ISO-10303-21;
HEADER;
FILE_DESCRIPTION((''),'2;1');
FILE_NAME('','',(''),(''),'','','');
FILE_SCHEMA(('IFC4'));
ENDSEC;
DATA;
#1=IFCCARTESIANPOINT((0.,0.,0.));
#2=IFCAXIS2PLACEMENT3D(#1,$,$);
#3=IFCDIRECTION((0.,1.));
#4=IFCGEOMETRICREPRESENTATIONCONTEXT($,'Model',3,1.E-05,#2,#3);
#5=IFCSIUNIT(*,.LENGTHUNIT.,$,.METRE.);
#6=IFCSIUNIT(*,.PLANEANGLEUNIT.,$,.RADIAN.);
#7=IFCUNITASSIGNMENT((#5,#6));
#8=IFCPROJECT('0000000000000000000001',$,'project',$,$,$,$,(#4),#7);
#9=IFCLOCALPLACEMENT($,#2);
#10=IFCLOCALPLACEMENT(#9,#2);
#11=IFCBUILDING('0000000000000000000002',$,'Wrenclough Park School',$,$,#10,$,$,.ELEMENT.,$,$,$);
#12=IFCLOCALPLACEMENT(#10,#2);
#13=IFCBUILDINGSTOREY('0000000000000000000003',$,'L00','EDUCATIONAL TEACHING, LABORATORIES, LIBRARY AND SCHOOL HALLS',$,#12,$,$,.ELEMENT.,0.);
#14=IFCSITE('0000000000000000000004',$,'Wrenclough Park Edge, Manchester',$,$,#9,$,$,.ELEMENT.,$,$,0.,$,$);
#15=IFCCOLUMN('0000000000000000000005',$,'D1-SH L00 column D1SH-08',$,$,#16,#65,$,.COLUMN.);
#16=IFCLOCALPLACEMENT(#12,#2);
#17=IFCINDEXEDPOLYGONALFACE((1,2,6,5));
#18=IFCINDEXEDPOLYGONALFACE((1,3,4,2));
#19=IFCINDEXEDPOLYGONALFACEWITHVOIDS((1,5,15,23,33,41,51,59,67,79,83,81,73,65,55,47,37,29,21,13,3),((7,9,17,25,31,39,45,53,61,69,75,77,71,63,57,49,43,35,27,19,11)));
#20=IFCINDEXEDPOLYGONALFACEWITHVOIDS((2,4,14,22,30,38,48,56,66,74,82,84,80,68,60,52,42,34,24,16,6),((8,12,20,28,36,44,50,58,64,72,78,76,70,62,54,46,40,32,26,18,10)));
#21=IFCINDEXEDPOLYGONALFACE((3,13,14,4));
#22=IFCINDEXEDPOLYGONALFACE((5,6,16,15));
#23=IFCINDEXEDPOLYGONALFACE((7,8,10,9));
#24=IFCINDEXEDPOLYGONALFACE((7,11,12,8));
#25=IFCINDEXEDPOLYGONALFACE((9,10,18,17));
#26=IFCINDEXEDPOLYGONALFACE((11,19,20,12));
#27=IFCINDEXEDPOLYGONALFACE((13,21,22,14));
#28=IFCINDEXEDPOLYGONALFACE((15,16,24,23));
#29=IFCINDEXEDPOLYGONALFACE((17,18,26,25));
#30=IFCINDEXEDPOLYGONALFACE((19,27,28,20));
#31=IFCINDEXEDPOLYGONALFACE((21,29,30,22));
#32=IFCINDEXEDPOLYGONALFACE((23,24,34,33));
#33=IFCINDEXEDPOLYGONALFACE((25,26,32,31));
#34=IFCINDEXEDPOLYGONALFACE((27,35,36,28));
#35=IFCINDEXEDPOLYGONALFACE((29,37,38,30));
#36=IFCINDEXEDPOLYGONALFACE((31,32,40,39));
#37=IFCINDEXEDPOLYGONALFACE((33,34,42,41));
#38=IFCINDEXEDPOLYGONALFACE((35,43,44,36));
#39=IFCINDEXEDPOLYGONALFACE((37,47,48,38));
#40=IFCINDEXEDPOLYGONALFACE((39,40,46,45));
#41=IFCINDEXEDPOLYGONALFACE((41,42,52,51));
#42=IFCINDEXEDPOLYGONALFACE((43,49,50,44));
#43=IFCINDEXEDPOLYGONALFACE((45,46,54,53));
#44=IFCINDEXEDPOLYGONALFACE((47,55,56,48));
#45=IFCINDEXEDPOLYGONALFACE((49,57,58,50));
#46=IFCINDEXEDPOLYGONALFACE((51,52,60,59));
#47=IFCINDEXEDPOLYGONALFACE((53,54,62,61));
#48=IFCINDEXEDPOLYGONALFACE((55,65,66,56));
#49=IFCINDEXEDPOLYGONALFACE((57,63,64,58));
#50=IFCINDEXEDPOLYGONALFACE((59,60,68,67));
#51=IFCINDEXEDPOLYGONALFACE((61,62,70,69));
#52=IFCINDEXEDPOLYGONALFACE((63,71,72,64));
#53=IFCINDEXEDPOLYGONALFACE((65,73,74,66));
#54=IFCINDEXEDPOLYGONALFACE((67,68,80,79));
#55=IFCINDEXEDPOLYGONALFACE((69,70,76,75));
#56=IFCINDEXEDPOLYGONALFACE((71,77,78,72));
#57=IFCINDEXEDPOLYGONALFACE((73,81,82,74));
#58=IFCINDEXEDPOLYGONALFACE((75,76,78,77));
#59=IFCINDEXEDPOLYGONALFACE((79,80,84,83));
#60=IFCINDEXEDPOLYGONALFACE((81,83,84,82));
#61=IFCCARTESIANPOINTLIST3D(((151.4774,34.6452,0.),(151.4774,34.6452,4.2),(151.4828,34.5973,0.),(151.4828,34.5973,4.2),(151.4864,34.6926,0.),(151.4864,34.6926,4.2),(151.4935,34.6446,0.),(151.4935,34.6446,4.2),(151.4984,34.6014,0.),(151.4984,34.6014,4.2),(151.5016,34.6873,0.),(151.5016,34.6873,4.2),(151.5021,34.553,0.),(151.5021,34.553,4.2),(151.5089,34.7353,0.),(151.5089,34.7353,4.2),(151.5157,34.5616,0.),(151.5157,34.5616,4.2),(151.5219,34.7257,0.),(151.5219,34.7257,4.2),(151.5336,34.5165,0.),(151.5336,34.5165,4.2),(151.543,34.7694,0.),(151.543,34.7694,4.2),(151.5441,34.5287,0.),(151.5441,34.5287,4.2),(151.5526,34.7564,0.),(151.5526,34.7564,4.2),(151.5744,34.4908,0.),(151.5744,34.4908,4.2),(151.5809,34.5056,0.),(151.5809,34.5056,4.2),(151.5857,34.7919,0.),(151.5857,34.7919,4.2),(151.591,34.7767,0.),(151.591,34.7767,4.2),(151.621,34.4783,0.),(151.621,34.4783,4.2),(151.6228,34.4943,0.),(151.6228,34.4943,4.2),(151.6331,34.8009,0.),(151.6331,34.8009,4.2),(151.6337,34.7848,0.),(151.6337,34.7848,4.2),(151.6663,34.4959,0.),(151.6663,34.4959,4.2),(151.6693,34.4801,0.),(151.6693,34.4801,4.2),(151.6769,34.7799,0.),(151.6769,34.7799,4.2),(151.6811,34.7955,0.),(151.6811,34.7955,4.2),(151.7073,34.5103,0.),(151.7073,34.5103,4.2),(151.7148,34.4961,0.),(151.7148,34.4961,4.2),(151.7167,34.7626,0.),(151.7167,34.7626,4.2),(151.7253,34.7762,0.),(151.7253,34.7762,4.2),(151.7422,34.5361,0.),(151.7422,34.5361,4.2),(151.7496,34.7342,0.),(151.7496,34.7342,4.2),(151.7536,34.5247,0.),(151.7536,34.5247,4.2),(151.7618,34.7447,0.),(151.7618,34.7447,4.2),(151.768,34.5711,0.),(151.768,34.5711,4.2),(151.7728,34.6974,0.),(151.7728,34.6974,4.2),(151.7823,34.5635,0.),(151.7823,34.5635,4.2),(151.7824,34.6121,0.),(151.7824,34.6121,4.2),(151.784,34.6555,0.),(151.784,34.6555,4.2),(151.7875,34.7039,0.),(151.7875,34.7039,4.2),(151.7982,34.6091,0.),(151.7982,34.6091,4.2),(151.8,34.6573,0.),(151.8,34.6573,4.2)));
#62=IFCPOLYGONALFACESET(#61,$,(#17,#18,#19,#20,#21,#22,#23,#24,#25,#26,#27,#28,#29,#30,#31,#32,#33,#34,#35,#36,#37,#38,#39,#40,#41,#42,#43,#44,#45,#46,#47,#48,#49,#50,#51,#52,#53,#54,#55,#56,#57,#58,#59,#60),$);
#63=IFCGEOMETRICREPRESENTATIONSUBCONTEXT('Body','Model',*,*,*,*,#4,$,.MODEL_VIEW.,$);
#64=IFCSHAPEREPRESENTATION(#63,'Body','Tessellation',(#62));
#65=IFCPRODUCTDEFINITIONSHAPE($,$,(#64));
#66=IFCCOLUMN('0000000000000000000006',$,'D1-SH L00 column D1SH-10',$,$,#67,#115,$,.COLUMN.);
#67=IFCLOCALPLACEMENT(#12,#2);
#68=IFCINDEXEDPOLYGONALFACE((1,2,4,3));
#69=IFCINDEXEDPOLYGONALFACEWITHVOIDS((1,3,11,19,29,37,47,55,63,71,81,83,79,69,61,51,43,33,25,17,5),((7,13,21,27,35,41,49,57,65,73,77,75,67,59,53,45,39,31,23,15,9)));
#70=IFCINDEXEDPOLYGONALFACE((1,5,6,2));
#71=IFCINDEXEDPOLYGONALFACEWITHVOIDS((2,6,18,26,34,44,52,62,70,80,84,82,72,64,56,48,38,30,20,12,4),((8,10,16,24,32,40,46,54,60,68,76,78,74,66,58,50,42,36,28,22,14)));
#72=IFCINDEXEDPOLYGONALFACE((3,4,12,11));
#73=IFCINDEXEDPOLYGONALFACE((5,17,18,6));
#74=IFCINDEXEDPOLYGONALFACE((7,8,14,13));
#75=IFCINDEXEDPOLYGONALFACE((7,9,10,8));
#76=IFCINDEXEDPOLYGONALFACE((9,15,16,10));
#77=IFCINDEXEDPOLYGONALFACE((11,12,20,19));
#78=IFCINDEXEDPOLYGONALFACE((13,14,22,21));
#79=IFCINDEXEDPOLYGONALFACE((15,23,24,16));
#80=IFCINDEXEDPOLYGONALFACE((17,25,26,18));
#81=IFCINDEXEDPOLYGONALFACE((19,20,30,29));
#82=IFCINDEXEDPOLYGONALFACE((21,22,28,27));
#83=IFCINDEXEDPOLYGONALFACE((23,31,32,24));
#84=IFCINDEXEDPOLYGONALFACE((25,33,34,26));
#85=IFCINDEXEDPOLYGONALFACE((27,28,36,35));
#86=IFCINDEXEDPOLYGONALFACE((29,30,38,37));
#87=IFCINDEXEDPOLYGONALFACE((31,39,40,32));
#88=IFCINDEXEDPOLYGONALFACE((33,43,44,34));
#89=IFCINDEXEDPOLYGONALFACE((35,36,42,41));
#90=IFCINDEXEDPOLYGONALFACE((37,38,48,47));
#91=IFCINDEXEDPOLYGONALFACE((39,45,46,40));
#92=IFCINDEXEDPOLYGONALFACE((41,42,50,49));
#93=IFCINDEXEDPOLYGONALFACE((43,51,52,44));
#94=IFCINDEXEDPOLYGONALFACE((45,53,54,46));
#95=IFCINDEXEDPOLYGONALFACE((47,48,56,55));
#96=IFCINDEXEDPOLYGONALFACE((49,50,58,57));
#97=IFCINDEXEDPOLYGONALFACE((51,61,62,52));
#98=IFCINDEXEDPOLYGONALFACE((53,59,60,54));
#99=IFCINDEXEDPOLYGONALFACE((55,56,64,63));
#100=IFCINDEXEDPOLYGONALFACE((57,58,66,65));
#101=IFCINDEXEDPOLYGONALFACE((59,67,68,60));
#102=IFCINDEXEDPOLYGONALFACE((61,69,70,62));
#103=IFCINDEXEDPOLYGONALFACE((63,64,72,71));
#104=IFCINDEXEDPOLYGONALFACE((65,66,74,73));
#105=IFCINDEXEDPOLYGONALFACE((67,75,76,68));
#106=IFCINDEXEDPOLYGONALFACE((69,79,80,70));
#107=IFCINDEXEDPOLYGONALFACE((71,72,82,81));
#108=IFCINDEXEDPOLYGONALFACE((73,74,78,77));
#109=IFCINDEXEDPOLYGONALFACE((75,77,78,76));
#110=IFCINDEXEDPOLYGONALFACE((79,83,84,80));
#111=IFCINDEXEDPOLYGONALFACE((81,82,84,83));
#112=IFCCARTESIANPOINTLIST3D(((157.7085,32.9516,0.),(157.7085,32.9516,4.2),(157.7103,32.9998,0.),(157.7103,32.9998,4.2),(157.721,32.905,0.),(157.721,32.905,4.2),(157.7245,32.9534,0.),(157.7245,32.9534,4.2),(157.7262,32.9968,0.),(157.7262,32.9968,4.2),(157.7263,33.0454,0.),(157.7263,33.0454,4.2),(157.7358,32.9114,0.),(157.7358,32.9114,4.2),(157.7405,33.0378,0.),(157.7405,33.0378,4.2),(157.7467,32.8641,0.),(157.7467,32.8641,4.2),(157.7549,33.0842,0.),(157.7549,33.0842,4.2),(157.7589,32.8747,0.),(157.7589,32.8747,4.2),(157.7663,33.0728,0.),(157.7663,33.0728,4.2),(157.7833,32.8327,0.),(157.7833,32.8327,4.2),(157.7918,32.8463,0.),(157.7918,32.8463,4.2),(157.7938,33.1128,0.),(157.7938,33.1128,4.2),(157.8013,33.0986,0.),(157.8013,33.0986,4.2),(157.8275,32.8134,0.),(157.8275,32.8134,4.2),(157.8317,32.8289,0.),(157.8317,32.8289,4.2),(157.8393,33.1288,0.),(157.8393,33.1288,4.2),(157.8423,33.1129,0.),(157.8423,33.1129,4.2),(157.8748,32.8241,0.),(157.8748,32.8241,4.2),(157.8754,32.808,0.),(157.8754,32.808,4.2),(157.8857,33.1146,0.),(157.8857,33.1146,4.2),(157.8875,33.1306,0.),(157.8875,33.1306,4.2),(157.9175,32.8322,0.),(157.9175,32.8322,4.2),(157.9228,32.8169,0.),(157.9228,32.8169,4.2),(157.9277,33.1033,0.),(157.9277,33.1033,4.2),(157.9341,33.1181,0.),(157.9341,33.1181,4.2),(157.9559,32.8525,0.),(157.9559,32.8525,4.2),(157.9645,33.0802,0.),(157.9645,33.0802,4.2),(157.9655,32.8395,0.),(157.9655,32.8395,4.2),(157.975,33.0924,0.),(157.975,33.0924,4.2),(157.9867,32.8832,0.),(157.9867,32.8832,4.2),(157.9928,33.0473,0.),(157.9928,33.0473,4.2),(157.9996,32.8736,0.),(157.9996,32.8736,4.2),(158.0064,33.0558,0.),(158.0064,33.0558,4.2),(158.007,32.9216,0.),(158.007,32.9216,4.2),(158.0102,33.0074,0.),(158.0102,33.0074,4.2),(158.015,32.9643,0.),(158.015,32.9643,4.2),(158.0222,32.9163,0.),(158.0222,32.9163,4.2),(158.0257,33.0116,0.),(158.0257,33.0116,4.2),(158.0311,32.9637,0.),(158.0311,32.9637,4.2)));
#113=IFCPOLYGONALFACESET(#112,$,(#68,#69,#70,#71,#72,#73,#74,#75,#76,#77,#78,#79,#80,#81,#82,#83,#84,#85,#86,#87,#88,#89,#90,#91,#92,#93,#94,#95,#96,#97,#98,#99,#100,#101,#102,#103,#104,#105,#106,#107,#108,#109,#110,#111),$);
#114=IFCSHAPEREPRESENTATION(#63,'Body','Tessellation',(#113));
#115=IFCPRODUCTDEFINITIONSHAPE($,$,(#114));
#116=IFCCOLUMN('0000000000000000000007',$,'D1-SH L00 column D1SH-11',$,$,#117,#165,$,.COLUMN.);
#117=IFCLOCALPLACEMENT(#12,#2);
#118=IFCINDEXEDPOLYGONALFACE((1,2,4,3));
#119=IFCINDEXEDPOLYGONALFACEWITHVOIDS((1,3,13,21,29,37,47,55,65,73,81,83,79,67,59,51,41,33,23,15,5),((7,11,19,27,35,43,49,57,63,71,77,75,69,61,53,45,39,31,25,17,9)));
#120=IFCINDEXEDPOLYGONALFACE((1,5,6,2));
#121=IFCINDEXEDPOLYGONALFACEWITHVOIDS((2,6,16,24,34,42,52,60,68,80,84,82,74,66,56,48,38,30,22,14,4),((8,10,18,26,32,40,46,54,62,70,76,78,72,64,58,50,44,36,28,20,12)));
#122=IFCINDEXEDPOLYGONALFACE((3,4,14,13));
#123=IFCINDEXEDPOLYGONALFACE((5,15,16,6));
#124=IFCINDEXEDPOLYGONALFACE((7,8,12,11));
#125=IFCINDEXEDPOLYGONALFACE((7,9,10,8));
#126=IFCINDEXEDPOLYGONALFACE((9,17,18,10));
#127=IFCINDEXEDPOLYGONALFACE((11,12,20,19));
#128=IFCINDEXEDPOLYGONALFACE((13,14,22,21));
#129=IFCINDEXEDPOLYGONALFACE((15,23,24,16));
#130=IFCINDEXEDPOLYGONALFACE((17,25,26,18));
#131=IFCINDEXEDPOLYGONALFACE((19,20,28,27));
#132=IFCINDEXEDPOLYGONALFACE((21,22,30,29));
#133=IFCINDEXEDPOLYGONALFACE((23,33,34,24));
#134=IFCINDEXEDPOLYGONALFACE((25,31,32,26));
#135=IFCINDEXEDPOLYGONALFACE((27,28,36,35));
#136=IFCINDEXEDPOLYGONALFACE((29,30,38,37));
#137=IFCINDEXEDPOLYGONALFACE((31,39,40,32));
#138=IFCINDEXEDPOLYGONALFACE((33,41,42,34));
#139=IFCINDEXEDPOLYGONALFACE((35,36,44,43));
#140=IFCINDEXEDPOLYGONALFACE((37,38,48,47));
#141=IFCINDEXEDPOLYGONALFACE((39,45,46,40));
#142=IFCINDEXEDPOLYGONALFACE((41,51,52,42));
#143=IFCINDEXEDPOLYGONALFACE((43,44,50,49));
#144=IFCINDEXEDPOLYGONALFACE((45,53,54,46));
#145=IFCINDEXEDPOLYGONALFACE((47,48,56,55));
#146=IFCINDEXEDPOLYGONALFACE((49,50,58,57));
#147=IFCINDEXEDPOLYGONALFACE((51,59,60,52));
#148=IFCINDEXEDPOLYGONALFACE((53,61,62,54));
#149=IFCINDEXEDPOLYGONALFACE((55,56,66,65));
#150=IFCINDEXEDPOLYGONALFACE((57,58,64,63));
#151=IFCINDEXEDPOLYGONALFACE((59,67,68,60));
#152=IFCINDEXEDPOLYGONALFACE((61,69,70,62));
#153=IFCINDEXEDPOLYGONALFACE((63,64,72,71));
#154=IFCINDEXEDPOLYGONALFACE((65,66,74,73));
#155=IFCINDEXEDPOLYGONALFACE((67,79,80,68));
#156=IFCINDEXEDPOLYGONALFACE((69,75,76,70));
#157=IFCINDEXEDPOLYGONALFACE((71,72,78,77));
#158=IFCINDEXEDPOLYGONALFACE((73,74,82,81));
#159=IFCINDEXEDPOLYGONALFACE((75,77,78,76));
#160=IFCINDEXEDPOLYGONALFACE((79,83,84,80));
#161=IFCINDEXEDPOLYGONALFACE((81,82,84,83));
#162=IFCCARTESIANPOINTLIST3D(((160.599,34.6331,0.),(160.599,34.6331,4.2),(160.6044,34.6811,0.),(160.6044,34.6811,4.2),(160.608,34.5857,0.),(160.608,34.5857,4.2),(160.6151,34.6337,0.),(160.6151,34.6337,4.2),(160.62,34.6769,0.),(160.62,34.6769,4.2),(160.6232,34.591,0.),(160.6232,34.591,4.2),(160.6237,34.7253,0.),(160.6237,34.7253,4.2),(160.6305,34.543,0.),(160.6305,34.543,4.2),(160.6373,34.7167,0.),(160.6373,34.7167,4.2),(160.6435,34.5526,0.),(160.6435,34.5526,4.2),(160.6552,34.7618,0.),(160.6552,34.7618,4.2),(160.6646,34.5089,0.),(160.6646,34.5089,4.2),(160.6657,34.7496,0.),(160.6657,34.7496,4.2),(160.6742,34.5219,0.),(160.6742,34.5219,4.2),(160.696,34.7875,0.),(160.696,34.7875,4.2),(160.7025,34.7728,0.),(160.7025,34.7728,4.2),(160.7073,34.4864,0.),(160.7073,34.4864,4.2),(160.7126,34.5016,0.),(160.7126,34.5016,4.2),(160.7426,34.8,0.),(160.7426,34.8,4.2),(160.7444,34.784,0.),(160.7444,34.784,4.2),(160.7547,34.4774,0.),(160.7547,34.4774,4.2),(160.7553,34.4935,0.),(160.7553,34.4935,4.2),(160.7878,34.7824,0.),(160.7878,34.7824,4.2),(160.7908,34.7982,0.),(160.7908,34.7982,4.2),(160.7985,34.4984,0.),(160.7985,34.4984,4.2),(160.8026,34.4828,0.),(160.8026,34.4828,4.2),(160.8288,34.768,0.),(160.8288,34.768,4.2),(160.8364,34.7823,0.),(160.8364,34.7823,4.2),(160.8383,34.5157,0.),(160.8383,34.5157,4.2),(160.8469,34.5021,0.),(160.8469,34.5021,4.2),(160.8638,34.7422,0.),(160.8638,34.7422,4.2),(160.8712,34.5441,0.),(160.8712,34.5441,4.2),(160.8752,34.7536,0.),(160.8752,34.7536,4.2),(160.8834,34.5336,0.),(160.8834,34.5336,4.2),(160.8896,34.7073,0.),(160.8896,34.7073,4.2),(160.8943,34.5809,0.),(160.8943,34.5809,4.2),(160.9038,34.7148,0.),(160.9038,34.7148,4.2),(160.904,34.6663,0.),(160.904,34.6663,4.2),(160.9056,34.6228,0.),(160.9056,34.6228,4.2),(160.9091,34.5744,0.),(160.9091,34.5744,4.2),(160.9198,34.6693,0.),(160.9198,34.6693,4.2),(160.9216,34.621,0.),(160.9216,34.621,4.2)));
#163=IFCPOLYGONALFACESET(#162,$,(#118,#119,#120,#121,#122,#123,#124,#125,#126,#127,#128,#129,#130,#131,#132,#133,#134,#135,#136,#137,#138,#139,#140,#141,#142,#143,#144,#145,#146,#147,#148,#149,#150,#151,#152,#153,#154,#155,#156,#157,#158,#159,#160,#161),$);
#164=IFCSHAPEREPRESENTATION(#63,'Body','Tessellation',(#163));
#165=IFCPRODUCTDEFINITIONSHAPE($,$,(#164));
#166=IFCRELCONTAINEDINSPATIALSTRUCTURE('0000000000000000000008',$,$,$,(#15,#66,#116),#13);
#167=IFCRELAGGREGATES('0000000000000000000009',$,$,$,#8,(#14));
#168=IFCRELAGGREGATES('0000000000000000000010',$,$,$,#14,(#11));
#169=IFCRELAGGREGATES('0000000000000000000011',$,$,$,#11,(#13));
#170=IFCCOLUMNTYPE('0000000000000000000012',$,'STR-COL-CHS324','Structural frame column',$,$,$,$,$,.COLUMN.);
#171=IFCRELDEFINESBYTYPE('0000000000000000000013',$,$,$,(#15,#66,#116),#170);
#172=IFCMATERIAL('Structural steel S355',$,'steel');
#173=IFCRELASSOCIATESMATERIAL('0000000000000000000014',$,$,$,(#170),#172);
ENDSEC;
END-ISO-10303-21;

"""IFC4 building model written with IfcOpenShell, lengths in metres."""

from ifc_helpers import new_model, si_unit, direction, frame, origin, origin_2d, place, context, subcontext, project, spatial, hollow_circle, extrude, material, material_profile, profile_set, type_object, element, save


model = new_model("IFC4")

# Units and contexts
model_context = context("Model", 3, precision=1e-05, world=origin(), true_north=direction((0.0, 1.0)))
body_context = subcontext(model_context, "Body", "Model", "MODEL_VIEW")
ifc_project = project(units=[si_unit("LENGTHUNIT", "METRE"), si_unit("PLANEANGLEUNIT", "RADIAN")], contexts=[model_context])

# Site, building, storey
site_placement = place(None, origin())
site = spatial("IfcSite", under=ifc_project, at=site_placement, Name="Wrenclough Park Edge, Manchester", CompositionType="ELEMENT", RefElevation=0.0)
building_placement = place(site_placement, origin())
building = spatial("IfcBuilding", under=site, at=building_placement, Name="Wrenclough Park School", CompositionType="ELEMENT")
storey_placement = place(building_placement, origin())
storey = spatial("IfcBuildingStorey", under=building, at=storey_placement, Name="L00", Description="EDUCATIONAL TEACHING, LABORATORIES, LIBRARY AND SCHOOL HALLS", CompositionType="ELEMENT", Elevation=0.0)

# Columns
ifc_material_1 = material(Name="Structural steel S355", Category="steel")
ifc_material_profile_1 = material_profile(ifc_material_1, hollow_circle(Radius=0.1619, WallThickness=0.0161, at=origin_2d()), Name="CHS 323.9x16.0")
ifc_profile_set_1 = profile_set([ifc_material_profile_1], Name="Structural steel S355")
column_type_1 = type_object("IfcColumnType", Name="STR-COL-CHS324", Description="Structural frame column", PredefinedType="COLUMN", material=ifc_profile_set_1)
for number, where, z_axis, x_axis, name in (
    (1, (151.6392, 34.6392, 0.0), (0.0, 0.0, 1.0), (0.707107, -0.707107, 0.0), "D1-SH L00 column D1SH-08"),
    (2, (157.8694, 32.9697, 0.0), (0.0, 0.0, 1.0), (0.965926, 0.258819, 0.0), "D1-SH L00 column D1SH-10"),
    (3, (160.7607, 34.6392, 0.0), (0.0, 0.0, 1.0), (0.707107, 0.707107, 0.0), "D1-SH L00 column D1SH-11"),
):
    element("IfcColumn", number, at=place(storey_placement, frame(where, z_axis=z_axis, x_axis=x_axis)), inside=storey, type_object=column_type_1, Name=name, PredefinedType="COLUMN", context=body_context, shape_type="SweptSolid", body=[
        extrude(hollow_circle(Radius=0.1619, WallThickness=0.0161, at=origin_2d()), origin(), (0.0, 0.0, 1.0), 4.2),
    ])

save(model, "model.ifc")
